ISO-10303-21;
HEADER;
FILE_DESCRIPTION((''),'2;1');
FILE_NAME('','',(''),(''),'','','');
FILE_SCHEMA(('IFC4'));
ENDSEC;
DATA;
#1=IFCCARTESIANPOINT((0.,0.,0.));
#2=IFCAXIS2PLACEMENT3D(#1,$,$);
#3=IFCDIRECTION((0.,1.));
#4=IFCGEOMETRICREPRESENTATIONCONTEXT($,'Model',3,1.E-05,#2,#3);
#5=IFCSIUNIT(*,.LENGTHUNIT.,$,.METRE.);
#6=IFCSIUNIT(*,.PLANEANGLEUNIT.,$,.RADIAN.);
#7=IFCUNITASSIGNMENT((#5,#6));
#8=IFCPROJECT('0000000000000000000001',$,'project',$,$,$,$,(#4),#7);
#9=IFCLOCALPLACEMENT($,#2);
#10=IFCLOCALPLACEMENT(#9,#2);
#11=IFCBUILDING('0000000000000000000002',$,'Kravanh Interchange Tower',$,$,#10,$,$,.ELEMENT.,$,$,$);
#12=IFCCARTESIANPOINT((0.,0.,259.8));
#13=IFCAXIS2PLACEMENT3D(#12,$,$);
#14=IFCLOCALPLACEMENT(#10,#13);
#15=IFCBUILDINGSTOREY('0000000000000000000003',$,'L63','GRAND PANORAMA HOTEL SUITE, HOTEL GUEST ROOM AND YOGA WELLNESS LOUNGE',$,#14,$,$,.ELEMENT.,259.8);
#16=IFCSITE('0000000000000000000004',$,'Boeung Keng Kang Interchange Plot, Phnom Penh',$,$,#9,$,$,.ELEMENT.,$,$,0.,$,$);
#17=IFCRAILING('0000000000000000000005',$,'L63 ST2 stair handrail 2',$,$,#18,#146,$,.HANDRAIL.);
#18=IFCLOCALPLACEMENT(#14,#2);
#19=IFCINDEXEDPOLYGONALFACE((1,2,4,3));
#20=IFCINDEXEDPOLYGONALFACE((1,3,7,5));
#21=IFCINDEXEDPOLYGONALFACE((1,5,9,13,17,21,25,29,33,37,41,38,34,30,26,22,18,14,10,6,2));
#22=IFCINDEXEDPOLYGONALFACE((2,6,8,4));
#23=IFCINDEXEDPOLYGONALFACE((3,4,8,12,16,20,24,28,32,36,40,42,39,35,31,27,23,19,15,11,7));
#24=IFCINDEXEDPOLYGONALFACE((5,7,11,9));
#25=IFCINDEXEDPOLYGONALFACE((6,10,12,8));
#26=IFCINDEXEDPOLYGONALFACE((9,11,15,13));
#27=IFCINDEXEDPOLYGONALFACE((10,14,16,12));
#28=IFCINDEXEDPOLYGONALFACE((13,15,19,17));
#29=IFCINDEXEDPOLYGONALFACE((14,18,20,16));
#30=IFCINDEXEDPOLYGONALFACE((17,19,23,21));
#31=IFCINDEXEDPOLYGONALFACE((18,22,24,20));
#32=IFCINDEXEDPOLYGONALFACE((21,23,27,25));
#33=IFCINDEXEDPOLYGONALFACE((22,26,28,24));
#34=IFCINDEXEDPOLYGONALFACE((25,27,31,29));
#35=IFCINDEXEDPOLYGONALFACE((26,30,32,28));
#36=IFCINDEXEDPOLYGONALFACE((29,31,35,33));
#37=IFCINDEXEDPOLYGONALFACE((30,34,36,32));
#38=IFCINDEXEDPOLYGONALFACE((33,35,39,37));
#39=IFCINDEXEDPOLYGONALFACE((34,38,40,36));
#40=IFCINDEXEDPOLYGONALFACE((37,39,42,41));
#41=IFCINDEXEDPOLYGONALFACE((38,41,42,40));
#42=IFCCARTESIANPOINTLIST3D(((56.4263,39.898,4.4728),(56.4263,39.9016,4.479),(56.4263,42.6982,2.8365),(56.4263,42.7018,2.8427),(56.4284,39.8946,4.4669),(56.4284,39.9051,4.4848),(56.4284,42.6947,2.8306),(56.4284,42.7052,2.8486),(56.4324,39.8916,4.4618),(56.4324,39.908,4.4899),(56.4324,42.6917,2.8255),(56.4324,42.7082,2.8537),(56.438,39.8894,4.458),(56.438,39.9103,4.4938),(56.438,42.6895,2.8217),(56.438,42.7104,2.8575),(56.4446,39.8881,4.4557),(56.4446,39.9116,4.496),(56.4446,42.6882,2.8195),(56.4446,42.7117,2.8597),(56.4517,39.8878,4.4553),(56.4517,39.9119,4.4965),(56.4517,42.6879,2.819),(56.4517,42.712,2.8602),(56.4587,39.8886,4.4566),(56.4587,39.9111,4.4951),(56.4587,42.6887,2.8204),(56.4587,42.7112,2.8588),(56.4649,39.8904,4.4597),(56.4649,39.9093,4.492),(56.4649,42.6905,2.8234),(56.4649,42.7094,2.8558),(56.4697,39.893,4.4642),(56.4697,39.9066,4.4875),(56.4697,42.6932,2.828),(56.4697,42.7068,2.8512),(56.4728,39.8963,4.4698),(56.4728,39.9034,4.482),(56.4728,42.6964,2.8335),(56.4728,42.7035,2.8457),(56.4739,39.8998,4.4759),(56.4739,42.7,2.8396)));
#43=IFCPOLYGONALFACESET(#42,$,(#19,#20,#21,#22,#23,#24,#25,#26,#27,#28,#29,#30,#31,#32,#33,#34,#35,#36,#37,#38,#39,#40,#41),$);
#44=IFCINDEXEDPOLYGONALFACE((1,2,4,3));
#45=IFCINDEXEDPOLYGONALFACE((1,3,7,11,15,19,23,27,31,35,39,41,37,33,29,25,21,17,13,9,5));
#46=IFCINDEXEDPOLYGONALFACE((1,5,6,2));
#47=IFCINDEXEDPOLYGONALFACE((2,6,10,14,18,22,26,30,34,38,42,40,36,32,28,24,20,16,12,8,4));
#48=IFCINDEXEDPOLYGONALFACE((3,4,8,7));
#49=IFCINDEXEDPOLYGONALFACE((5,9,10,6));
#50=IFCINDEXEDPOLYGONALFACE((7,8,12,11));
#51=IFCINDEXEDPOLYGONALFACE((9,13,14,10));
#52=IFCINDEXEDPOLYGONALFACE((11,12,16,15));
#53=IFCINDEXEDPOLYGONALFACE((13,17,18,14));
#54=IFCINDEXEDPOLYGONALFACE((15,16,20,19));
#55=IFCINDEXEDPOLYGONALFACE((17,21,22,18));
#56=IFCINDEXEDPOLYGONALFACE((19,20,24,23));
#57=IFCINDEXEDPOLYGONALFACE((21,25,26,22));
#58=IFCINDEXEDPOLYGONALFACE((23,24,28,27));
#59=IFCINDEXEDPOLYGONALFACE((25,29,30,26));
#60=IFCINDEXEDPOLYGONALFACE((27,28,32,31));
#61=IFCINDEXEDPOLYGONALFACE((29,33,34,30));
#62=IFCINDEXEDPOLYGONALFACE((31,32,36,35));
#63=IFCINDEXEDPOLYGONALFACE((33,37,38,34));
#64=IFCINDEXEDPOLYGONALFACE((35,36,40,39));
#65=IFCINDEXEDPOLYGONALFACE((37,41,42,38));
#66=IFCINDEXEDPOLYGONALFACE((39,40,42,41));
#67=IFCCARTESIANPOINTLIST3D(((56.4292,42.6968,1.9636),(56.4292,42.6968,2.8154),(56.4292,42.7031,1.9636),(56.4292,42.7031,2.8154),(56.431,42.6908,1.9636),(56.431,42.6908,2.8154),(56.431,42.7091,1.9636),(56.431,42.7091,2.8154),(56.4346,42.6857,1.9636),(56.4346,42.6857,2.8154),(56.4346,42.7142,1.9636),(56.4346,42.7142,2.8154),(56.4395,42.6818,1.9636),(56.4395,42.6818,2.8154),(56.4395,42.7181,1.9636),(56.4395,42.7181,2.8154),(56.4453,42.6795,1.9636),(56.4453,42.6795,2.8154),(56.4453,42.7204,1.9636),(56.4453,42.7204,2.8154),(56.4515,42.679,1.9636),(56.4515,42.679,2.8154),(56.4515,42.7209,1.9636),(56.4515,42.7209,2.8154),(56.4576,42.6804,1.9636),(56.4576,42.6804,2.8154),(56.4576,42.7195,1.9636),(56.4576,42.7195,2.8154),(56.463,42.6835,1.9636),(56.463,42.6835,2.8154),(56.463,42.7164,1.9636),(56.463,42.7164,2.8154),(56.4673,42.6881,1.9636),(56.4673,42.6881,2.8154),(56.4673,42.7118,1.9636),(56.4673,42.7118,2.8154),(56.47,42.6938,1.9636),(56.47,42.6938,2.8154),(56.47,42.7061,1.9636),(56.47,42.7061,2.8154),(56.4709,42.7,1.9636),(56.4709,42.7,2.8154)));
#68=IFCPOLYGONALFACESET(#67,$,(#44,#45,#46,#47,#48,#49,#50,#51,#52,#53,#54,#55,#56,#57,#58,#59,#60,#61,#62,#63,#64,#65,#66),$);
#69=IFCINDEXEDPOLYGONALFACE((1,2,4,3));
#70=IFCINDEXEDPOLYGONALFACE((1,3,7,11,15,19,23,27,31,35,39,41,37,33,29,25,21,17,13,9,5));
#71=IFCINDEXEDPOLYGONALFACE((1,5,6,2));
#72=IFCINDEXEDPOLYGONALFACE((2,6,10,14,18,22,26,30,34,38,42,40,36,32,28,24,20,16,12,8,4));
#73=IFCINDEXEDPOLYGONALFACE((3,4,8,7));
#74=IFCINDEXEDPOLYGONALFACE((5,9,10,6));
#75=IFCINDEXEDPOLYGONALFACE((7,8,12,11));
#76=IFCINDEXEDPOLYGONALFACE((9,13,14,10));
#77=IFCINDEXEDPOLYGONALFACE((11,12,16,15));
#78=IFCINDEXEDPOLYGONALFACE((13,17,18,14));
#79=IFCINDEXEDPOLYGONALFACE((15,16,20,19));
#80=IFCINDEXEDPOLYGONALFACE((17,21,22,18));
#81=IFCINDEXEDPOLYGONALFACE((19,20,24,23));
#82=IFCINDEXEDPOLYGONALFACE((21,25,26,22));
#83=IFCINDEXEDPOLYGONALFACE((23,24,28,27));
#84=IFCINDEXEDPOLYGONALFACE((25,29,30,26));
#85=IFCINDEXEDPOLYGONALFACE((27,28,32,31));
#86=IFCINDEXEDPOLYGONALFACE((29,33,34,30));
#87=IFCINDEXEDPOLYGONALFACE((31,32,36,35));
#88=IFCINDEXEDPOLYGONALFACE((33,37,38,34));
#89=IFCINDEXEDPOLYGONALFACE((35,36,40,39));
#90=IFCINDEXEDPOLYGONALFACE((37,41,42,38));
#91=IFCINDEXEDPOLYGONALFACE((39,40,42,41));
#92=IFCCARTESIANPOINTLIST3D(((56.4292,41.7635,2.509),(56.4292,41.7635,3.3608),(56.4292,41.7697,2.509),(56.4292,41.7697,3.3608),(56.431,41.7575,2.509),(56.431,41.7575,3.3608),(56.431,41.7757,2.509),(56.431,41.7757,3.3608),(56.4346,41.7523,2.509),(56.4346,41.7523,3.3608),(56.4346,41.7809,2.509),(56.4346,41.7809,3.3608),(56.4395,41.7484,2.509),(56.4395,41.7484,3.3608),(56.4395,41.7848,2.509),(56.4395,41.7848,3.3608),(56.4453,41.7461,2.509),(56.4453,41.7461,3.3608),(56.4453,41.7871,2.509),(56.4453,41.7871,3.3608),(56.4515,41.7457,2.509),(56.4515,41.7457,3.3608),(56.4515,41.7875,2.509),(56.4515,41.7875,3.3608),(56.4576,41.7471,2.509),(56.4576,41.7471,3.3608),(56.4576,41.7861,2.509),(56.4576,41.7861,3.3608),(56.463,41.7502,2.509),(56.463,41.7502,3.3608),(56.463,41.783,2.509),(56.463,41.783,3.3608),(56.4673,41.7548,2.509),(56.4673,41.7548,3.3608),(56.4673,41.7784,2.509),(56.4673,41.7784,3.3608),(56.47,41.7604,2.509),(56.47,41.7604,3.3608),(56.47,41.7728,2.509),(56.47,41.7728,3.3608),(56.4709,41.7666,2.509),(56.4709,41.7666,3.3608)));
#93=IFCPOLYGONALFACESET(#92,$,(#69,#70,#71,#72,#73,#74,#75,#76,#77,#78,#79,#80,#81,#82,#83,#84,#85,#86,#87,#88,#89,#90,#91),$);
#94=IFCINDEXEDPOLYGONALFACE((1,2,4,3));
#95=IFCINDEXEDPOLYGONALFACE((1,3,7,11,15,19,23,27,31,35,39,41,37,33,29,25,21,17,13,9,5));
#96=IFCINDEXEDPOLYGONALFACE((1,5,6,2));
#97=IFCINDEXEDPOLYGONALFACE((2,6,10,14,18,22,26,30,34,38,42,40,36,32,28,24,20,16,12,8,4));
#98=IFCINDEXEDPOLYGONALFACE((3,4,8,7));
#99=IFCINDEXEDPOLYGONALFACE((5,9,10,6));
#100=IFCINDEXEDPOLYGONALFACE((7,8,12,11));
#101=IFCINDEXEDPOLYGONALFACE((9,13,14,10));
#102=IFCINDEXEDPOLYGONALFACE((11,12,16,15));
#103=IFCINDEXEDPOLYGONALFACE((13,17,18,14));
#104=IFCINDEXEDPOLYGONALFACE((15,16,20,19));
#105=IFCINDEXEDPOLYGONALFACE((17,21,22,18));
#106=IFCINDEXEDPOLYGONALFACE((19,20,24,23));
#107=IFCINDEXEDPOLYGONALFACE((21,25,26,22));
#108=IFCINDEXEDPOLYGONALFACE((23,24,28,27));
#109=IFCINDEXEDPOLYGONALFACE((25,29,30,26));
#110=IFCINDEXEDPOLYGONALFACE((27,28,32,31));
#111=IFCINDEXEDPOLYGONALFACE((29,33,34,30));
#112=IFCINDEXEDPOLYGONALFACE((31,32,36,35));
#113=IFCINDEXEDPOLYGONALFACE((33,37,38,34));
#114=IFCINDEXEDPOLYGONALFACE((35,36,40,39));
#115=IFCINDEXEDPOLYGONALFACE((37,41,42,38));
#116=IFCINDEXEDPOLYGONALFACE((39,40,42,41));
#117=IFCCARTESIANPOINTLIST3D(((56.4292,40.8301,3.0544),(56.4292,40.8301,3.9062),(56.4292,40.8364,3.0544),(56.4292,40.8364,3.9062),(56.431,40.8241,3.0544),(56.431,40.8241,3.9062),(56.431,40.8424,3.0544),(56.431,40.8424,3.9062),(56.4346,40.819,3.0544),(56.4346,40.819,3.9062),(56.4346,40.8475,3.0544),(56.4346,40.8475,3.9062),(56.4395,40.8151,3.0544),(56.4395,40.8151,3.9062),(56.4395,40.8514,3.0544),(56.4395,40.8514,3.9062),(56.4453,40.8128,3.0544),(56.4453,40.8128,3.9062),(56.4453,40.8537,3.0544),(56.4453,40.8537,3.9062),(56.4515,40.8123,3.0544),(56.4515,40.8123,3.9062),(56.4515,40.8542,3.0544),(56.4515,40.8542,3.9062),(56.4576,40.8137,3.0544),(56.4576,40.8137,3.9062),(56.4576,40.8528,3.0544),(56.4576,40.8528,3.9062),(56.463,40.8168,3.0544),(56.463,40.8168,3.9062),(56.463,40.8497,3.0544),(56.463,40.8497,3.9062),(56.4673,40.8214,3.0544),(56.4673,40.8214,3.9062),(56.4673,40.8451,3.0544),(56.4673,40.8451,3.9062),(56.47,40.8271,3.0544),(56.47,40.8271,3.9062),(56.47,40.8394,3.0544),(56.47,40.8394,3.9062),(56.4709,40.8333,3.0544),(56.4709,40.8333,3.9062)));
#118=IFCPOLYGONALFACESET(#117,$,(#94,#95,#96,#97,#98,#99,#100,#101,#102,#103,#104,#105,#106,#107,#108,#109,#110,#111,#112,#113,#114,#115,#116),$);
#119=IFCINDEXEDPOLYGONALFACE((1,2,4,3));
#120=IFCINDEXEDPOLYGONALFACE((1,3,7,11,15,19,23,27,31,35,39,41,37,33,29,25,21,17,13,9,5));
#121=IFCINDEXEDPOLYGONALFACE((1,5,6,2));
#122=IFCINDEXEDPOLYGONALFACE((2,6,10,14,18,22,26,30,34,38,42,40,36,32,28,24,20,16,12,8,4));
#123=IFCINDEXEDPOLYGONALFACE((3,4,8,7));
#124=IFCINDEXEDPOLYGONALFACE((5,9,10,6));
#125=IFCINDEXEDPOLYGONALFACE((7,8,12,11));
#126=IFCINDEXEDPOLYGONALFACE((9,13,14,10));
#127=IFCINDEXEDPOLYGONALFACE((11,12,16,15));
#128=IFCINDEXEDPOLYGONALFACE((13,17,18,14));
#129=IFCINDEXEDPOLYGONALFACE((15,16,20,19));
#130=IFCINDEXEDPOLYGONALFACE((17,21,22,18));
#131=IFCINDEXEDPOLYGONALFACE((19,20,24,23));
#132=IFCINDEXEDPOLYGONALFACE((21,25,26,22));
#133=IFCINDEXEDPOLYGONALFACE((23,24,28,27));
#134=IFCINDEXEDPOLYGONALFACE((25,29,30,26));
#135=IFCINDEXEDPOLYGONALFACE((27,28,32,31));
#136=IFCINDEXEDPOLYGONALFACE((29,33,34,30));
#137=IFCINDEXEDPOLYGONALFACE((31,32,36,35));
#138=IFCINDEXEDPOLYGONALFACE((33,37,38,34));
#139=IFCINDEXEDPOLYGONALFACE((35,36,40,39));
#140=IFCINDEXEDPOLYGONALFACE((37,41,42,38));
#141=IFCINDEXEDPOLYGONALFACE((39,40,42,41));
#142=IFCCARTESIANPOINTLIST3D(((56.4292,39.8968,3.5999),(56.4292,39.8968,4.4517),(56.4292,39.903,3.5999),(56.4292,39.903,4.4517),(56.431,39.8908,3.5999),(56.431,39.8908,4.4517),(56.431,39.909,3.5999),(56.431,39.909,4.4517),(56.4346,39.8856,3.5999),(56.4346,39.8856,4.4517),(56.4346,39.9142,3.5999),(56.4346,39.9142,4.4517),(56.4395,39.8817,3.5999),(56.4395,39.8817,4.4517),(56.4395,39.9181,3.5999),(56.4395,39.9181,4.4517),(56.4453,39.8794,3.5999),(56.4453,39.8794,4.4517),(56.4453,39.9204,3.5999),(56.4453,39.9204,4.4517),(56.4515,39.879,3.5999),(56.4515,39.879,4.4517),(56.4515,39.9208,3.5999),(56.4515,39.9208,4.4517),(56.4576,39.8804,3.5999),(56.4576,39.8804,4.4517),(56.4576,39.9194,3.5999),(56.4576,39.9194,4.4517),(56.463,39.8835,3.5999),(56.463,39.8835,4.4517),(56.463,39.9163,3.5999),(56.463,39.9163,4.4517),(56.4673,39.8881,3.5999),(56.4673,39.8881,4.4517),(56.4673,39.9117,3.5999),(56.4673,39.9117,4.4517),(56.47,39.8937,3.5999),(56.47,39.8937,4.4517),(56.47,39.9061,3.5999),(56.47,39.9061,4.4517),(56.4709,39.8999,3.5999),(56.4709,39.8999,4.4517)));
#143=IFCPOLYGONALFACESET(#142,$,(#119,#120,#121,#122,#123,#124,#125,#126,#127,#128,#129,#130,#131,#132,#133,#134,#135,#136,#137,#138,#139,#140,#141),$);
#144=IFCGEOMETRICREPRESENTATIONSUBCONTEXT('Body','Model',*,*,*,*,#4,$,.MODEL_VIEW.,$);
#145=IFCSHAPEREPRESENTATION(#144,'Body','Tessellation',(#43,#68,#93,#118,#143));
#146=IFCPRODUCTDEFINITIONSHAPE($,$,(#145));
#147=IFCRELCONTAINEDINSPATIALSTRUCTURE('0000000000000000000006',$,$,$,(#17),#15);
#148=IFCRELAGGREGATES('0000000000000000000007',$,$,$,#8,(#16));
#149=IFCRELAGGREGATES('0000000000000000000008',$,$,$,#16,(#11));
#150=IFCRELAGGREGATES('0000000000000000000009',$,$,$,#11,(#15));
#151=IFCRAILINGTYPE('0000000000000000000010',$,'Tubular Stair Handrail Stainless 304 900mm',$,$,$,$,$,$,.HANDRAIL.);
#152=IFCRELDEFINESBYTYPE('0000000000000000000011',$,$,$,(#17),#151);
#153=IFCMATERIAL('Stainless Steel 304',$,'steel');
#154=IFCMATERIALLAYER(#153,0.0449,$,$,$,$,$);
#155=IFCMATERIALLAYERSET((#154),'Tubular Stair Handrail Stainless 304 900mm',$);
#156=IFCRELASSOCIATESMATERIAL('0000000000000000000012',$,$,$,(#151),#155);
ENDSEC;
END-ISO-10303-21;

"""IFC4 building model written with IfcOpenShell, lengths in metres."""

from ifc_helpers import new_model, si_unit, direction, frame, origin, origin_2d, place, context, subcontext, project, spatial, circle, extrude, material, layer, layer_set, type_object, element, save


model = new_model("IFC4")

# Units and contexts
model_context = context("Model", 3, precision=1e-05, world=origin(), true_north=direction((0.0, 1.0)))
body_context = subcontext(model_context, "Body", "Model", "MODEL_VIEW")
ifc_project = project(units=[si_unit("LENGTHUNIT", "METRE"), si_unit("PLANEANGLEUNIT", "RADIAN")], contexts=[model_context])

# Site, building, storey
site_placement = place(None, origin())
site = spatial("IfcSite", under=ifc_project, at=site_placement, Name="Boeung Keng Kang Interchange Plot, Phnom Penh", CompositionType="ELEMENT", RefElevation=0.0)
building_placement = place(site_placement, origin())
building = spatial("IfcBuilding", under=site, at=building_placement, Name="Kravanh Interchange Tower", CompositionType="ELEMENT")
storey_placement = place(building_placement, frame((0.0, 0.0, 259.8)))
storey = spatial("IfcBuildingStorey", under=building, at=storey_placement, Name="L63", Description="GRAND PANORAMA HOTEL SUITE, HOTEL GUEST ROOM AND YOGA WELLNESS LOUNGE", CompositionType="ELEMENT", Elevation=259.8)

# Railing
ifc_material_1 = material(Name="Stainless Steel 304", Category="steel")
ifc_layer_1 = layer(ifc_material_1, 0.0449)
ifc_layer_set_1 = layer_set([ifc_layer_1], Name="Tubular Stair Handrail Stainless 304 900mm")
railing_type_1 = type_object("IfcRailingType", Name="Tubular Stair Handrail Stainless 304 900mm", PredefinedType="HANDRAIL", material=ifc_layer_set_1)
railing_1_placement = place(storey_placement, frame((56.45, 42.7, 1.9636)))
element("IfcRailing", 1, at=railing_1_placement, inside=storey, type_object=railing_type_1, Name="L63 ST2 stair handrail 2", PredefinedType="HANDRAIL", context=body_context, shape_type="SweptSolid", body=[
    extrude(circle(Radius=0.0239, at=origin_2d()), frame((0.0, 0.0, 0.876), z_axis=(0.0, -0.863394, 0.504531), x_axis=(1.0, 0.0, 0.0)), (0.0, 0.0, 1.0), 3.2432),
    extrude(circle(Radius=0.021, at=origin_2d()), origin(), (0.0, 0.0, 1.0), 0.8518),
    extrude(circle(Radius=0.021, at=origin_2d()), frame((0.0, -0.9333, 0.5454)), (0.0, 0.0, 1.0), 0.8518),
    extrude(circle(Radius=0.021, at=origin_2d()), frame((0.0, -1.8667, 1.0908)), (0.0, 0.0, 1.0), 0.8518),
    extrude(circle(Radius=0.021, at=origin_2d()), frame((0.0, -2.8, 1.6362)), (0.0, 0.0, 1.0), 0.8518),
])

save(model, "model.ifc")
